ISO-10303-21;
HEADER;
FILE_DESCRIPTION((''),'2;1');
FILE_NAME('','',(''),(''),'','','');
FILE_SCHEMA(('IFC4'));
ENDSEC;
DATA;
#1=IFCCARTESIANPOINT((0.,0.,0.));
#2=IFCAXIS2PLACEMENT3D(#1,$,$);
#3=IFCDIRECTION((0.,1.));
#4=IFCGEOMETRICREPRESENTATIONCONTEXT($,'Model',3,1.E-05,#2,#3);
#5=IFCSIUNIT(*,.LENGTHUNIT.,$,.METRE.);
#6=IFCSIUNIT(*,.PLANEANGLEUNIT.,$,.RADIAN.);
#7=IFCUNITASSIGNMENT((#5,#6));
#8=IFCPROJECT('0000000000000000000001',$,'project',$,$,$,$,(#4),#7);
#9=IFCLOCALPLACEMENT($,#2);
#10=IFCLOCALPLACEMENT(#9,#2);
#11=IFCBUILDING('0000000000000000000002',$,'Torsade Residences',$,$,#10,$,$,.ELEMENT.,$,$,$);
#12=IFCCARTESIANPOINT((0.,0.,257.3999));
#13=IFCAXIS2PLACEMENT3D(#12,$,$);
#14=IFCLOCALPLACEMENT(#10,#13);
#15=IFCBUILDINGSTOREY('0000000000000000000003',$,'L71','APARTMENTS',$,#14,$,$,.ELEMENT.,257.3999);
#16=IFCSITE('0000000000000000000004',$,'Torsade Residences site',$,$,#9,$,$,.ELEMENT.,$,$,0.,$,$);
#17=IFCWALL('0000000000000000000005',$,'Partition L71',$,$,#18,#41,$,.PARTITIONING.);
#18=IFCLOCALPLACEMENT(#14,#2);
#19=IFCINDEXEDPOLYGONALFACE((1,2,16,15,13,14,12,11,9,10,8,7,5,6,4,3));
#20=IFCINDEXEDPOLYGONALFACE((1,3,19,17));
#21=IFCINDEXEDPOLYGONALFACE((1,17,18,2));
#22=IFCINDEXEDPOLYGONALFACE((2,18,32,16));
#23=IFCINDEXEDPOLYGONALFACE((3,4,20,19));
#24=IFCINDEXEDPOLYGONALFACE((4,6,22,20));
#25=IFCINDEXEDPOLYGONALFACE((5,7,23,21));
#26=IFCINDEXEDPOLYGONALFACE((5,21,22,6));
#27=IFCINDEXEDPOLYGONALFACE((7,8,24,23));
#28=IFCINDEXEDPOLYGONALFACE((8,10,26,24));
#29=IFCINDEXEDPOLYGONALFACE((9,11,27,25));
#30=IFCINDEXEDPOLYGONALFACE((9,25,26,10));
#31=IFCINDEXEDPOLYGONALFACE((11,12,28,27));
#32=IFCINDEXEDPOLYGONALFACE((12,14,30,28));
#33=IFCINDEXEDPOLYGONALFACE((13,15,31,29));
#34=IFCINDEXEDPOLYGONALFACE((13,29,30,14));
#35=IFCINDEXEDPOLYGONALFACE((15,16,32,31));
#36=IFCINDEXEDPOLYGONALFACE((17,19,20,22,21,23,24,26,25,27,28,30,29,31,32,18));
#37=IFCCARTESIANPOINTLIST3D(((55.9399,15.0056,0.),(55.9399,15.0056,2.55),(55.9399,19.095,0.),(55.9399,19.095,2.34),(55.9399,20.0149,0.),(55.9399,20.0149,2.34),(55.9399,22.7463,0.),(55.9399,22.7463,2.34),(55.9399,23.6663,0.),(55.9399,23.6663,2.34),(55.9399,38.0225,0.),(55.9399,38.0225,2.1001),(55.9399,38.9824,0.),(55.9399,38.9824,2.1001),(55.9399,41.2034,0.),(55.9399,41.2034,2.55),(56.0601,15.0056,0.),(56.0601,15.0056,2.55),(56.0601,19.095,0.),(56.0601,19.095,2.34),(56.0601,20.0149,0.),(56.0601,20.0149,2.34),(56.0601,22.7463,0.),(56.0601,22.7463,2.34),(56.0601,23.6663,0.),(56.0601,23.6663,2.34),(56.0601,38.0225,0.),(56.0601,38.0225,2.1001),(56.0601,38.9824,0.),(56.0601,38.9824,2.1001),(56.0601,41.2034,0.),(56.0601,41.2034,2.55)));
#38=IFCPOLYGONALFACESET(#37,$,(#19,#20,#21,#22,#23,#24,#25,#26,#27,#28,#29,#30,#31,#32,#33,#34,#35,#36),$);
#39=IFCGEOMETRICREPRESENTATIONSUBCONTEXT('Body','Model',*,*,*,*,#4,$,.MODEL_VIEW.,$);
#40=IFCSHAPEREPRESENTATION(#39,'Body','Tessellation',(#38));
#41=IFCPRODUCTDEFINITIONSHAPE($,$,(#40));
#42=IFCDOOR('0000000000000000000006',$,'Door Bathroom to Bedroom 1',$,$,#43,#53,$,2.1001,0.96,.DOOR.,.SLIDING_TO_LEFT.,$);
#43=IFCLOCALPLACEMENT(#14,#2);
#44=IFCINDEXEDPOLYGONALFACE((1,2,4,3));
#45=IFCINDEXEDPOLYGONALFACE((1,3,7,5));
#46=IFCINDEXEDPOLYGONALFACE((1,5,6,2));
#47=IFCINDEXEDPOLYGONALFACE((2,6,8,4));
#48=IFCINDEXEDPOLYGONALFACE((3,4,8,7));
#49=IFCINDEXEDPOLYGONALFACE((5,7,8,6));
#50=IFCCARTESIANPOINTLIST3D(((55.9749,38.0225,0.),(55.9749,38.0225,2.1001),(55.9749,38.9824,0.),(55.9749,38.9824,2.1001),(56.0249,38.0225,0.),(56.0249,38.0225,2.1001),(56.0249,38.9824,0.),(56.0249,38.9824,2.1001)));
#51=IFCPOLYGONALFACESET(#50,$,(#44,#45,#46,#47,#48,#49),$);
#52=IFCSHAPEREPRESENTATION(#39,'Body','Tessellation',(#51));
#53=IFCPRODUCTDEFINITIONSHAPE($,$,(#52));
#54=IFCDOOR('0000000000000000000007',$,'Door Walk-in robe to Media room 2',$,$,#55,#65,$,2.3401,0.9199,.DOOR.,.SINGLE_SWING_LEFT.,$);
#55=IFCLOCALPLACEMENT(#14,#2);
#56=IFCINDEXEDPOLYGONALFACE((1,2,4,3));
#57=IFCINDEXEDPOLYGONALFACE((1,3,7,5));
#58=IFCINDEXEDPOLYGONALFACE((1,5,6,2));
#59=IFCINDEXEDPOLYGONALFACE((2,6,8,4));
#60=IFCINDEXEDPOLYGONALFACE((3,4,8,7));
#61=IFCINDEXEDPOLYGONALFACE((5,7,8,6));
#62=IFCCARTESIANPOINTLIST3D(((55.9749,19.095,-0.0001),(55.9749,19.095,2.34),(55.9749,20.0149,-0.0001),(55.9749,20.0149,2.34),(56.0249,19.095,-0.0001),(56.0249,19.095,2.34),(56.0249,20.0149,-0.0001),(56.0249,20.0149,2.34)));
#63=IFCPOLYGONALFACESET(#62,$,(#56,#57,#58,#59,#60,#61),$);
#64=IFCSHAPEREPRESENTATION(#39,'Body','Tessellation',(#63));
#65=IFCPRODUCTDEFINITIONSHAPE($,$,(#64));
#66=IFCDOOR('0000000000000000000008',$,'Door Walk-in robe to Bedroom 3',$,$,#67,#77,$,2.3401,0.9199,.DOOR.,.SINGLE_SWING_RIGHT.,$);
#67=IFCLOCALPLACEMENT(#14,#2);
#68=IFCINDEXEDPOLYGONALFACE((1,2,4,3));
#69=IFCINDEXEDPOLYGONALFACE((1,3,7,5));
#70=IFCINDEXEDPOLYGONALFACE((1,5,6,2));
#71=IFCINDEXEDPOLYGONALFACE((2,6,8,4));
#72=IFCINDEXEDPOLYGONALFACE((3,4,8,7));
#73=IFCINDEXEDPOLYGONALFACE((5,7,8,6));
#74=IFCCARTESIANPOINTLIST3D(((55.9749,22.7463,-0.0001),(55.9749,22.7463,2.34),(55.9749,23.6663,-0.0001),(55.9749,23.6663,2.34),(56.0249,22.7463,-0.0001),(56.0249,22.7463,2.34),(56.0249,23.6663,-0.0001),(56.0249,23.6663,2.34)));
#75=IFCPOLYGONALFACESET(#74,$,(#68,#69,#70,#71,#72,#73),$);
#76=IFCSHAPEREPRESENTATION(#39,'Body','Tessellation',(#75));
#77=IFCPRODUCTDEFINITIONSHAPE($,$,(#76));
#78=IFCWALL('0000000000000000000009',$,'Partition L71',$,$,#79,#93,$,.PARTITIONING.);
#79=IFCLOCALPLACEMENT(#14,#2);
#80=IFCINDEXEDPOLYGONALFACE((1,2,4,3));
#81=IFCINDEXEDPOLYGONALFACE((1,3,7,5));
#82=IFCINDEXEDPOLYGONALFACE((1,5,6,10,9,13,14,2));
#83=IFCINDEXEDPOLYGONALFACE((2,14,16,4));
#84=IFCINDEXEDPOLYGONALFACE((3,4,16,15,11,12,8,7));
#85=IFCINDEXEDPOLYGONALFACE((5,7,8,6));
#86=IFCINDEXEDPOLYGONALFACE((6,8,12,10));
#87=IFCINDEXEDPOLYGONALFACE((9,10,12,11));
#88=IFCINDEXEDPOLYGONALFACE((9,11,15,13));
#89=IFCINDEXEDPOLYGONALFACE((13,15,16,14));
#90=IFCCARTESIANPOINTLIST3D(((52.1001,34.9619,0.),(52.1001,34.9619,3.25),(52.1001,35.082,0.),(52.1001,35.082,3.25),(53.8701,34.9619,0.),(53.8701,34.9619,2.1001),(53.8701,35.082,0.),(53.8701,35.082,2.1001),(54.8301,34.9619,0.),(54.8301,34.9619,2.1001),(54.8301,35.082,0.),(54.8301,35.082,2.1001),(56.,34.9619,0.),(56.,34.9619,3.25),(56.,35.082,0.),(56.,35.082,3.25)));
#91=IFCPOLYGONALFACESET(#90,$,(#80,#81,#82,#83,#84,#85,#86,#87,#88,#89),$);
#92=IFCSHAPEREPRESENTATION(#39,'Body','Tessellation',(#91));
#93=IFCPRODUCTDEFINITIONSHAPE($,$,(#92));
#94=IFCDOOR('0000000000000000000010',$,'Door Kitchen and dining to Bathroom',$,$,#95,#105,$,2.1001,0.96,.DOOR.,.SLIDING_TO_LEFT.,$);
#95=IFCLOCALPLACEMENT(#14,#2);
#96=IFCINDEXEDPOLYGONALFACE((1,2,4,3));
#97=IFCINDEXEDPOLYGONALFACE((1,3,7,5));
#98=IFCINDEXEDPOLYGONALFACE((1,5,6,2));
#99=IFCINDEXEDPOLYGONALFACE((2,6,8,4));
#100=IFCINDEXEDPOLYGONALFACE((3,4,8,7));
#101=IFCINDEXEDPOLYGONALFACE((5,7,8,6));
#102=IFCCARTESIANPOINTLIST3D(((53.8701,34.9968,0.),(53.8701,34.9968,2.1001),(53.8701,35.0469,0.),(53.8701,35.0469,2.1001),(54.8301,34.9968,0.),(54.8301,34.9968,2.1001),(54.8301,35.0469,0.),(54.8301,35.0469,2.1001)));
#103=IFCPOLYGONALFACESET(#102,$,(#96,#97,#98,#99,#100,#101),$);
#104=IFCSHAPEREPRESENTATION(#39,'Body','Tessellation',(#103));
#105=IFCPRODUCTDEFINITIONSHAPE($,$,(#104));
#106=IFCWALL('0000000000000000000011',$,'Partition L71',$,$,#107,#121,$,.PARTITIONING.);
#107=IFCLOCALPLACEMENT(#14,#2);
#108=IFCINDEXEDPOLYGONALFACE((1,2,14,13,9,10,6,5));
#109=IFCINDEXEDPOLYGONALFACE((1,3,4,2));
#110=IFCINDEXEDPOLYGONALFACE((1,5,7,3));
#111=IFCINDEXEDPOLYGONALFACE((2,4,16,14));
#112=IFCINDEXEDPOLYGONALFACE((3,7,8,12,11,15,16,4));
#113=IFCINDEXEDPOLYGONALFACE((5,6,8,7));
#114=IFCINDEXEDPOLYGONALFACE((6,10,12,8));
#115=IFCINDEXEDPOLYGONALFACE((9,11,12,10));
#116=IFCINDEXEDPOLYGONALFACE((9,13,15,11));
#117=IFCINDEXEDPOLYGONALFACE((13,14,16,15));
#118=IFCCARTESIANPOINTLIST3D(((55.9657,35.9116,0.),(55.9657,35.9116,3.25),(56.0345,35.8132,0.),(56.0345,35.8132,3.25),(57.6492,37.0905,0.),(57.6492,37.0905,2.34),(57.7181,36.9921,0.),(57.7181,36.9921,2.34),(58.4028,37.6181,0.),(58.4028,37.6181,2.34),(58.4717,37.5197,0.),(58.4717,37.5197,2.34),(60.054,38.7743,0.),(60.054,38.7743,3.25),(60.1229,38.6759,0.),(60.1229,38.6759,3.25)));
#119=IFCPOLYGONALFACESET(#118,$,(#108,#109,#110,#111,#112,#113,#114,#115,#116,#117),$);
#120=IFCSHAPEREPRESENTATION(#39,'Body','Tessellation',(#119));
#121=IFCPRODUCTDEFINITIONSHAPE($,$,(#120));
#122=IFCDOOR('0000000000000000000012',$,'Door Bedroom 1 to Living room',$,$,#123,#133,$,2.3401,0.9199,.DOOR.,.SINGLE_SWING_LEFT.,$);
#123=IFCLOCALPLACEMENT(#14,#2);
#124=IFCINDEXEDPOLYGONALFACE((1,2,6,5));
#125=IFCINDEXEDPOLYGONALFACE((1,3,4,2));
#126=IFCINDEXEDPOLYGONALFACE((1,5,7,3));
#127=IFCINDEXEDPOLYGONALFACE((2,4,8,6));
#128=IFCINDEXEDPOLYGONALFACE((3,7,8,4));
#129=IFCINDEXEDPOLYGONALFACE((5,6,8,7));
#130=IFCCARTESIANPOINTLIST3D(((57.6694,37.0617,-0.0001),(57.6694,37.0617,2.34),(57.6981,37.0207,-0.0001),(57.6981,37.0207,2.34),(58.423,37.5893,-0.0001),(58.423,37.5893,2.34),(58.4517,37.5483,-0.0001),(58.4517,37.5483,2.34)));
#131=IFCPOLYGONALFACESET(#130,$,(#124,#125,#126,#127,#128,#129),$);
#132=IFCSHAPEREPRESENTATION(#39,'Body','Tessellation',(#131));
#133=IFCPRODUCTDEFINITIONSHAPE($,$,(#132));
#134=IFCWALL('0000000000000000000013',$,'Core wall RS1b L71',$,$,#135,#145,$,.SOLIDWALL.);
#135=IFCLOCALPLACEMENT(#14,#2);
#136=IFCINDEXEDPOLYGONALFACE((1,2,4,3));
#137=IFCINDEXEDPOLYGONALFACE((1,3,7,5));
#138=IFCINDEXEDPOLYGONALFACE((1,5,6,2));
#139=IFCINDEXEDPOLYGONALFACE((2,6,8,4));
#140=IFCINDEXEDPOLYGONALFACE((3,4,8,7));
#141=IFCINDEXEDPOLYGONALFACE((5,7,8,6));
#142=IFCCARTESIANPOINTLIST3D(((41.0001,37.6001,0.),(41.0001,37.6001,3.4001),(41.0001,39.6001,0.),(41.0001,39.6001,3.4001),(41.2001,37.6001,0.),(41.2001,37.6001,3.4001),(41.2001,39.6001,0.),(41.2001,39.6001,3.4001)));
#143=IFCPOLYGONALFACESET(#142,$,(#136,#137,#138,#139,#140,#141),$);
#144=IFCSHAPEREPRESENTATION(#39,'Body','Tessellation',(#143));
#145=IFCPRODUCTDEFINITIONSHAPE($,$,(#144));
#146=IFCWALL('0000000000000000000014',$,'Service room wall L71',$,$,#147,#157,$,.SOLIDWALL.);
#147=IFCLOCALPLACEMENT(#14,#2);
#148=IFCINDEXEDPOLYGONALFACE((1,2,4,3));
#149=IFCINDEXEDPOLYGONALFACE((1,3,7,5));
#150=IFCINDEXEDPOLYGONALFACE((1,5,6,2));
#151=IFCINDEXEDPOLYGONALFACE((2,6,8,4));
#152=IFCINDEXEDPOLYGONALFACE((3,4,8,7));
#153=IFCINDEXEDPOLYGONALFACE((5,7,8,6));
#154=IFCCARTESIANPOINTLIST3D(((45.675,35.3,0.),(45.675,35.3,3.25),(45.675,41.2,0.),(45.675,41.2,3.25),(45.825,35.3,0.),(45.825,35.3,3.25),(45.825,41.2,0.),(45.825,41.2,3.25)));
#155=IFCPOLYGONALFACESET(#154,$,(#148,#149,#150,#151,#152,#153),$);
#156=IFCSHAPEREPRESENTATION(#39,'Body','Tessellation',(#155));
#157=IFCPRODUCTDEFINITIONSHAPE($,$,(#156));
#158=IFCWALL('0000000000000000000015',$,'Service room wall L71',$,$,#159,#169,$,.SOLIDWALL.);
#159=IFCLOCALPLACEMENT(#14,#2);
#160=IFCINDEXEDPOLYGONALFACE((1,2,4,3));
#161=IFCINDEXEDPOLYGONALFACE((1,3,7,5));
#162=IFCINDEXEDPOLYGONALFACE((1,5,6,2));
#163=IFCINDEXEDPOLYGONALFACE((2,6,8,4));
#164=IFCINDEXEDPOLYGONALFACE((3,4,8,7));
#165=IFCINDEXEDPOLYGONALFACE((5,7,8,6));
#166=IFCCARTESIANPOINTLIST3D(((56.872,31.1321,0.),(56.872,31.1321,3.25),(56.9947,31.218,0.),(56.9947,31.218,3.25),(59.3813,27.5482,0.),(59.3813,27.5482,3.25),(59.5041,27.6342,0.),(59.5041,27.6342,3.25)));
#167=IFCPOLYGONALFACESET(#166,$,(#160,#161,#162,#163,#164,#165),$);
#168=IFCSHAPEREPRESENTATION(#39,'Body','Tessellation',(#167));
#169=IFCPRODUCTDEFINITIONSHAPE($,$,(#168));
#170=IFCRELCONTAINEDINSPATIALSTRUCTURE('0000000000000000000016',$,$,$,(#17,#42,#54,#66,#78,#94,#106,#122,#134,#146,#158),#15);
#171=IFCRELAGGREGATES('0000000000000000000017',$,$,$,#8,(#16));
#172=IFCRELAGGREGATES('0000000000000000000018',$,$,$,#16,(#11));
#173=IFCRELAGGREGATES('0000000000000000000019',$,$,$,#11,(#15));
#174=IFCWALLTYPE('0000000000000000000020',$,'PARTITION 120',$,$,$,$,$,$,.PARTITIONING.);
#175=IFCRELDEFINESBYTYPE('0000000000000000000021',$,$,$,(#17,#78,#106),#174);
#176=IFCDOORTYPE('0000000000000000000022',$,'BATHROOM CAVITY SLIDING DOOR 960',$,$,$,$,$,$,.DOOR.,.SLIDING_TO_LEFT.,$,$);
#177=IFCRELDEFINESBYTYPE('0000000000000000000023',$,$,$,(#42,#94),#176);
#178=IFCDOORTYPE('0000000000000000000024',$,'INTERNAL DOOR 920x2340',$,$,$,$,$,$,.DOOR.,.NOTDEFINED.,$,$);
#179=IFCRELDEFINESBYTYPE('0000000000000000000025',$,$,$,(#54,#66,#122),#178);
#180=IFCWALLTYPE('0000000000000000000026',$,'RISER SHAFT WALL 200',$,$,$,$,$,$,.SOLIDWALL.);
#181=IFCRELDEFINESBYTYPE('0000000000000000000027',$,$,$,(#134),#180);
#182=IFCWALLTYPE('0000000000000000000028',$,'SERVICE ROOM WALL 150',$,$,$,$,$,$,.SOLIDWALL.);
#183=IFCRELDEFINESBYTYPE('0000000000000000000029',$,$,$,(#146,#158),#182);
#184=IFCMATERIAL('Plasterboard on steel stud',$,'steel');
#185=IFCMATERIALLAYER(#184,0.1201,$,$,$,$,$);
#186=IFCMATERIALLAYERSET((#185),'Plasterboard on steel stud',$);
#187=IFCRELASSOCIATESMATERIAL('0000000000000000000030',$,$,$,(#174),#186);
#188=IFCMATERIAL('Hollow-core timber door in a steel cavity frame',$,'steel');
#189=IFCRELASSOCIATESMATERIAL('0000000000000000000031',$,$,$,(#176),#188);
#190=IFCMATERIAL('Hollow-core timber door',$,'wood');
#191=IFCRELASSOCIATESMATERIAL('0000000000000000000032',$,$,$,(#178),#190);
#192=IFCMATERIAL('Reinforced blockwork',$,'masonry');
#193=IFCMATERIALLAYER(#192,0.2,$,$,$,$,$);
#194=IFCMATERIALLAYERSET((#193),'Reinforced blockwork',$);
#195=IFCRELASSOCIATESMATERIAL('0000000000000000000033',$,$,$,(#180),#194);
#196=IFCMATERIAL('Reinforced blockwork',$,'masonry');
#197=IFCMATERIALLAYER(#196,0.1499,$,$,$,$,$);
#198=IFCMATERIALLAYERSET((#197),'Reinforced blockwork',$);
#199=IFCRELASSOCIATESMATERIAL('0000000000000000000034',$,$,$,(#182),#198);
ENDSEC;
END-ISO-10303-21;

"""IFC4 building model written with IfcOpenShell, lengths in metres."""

from ifc_helpers import new_model, si_unit, direction, frame, frame_2d, origin, place, context, subcontext, project, spatial, rectangle, extrude, material, layer, layer_set, type_object, element, fill, save


model = new_model("IFC4")

# Units and contexts
model_context = context("Model", 3, precision=1e-05, world=origin(), true_north=direction((0.0, 1.0)))
body_context = subcontext(model_context, "Body", "Model", "MODEL_VIEW")
ifc_project = project(units=[si_unit("LENGTHUNIT", "METRE"), si_unit("PLANEANGLEUNIT", "RADIAN")], contexts=[model_context])

# Site, building, storey
site_placement = place(None, origin())
site = spatial("IfcSite", under=ifc_project, at=site_placement, Name="Torsade Residences site", CompositionType="ELEMENT", RefElevation=0.0)
building_placement = place(site_placement, origin())
building = spatial("IfcBuilding", under=site, at=building_placement, Name="Torsade Residences", CompositionType="ELEMENT")
storey_placement = place(building_placement, frame((0.0, 0.0, 257.3999)))
storey = spatial("IfcBuildingStorey", under=building, at=storey_placement, Name="L71", Description="APARTMENTS", CompositionType="ELEMENT", Elevation=257.3999)

# Wall, openings, doors
ifc_material_1 = material(Name="Plasterboard on steel stud", Category="steel")
ifc_layer_1 = layer(ifc_material_1, 0.1201)
ifc_layer_set_1 = layer_set([ifc_layer_1], Name="Plasterboard on steel stud")
wall_type_1 = type_object("IfcWallType", Name="PARTITION 120", PredefinedType="PARTITIONING", material=ifc_layer_set_1)
wall_1_placement = place(storey_placement, frame((56.0, 41.2034, 0.0), z_axis=(0.0, 0.0, 1.0), x_axis=(0.0, -1.0, 0.0)))
wall_1 = element("IfcWall", 1, at=wall_1_placement, inside=storey, type_object=wall_type_1, Name="Partition L71", PredefinedType="PARTITIONING", context=body_context, shape_type="SweptSolid", body=[
    extrude(rectangle(XDim=26.1978, YDim=0.1201, at=frame_2d((13.0989, 0.0))), origin(), (0.0, 0.0, 1.0), 2.55),
])
opening_1_placement = place(wall_1_placement, frame((21.1885, 0.0, 0.0)))
opening_1 = element("IfcOpeningElement", 2, at=opening_1_placement, cuts=wall_1, PredefinedType="OPENING", context=body_context, shape_type="SweptSolid", body=[
    extrude(rectangle(XDim=0.9199, YDim=2.3401, at=frame_2d((0.46, 1.1699))), frame((0.0, 0.0701, 0.0), z_axis=(0.0, -1.0, 0.0), x_axis=(1.0, 0.0, 0.0)), (0.0, 0.0, 1.0), 0.1401),
])
opening_2_placement = place(wall_1_placement, frame((17.5371, 0.0, 0.0)))
opening_2 = element("IfcOpeningElement", 3, at=opening_2_placement, cuts=wall_1, PredefinedType="OPENING", context=body_context, shape_type="SweptSolid", body=[
    extrude(rectangle(XDim=0.9199, YDim=2.3401, at=frame_2d((0.46, 1.1699))), frame((0.0, 0.0701, 0.0), z_axis=(0.0, -1.0, 0.0), x_axis=(1.0, 0.0, 0.0)), (0.0, 0.0, 1.0), 0.1401),
])
opening_3_placement = place(wall_1_placement, frame((2.2209, 0.0, 0.0)))
opening_3 = element("IfcOpeningElement", 4, at=opening_3_placement, cuts=wall_1, PredefinedType="OPENING", context=body_context, shape_type="SweptSolid", body=[
    extrude(rectangle(XDim=0.96, YDim=2.1001, at=frame_2d((0.48, 1.05))), frame((0.0, 0.0701, 0.0), z_axis=(0.0, -1.0, 0.0), x_axis=(1.0, 0.0, 0.0)), (0.0, 0.0, 1.0), 0.1401),
])
ifc_material_2 = material(Name="Hollow-core timber door in a steel cavity frame", Category="steel")
door_type_1 = type_object("IfcDoorType", Name="BATHROOM CAVITY SLIDING DOOR 960", OperationType="SLIDING_TO_LEFT", PredefinedType="DOOR", material=ifc_material_2)
door_1_placement = place(opening_3_placement, origin())
door_1 = element("IfcDoor", 5, at=door_1_placement, inside=storey, type_object=door_type_1, Name="Door Bathroom to Bedroom 1", OperationType="SLIDING_TO_LEFT", OverallHeight=2.1001, OverallWidth=0.96, PredefinedType="DOOR", context=body_context, shape_type="SweptSolid", body=[
    extrude(rectangle(XDim=0.96, YDim=2.1001, at=frame_2d((0.48, 1.05))), frame((0.0, 0.0249, 0.0), z_axis=(0.0, -1.0, 0.0), x_axis=(1.0, 0.0, 0.0)), (0.0, 0.0, 1.0), 0.05),
])
fill(opening_3, door_1)
ifc_material_3 = material(Name="Hollow-core timber door", Category="wood")
door_type_2 = type_object("IfcDoorType", Name="INTERNAL DOOR 920x2340", OperationType="NOTDEFINED", PredefinedType="DOOR", material=ifc_material_3)
door_2_placement = place(opening_1_placement, origin())
door_2 = element("IfcDoor", 6, at=door_2_placement, inside=storey, type_object=door_type_2, Name="Door Walk-in robe to Media room 2", OperationType="SINGLE_SWING_LEFT", OverallHeight=2.3401, OverallWidth=0.9199, PredefinedType="DOOR", context=body_context, shape_type="SweptSolid", body=[
    extrude(rectangle(XDim=0.9199, YDim=2.3401, at=frame_2d((0.46, 1.1699))), frame((0.0, 0.0249, 0.0), z_axis=(0.0, -1.0, 0.0), x_axis=(1.0, 0.0, 0.0)), (0.0, 0.0, 1.0), 0.05),
])
fill(opening_1, door_2)
door_3_placement = place(opening_2_placement, origin())
door_3 = element("IfcDoor", 7, at=door_3_placement, inside=storey, type_object=door_type_2, Name="Door Walk-in robe to Bedroom 3", OperationType="SINGLE_SWING_RIGHT", OverallHeight=2.3401, OverallWidth=0.9199, PredefinedType="DOOR", context=body_context, shape_type="SweptSolid", body=[
    extrude(rectangle(XDim=0.9199, YDim=2.3401, at=frame_2d((0.46, 1.1699))), frame((0.0, 0.0249, 0.0), z_axis=(0.0, -1.0, 0.0), x_axis=(1.0, 0.0, 0.0)), (0.0, 0.0, 1.0), 0.05),
])
fill(opening_2, door_3)

# Walls, openings, doors
wall_2_placement = place(storey_placement, frame((52.1001, 35.022, 0.0), z_axis=(0.0, 0.0, 1.0), x_axis=(1.0, 0.0, 0.0)))
wall_2 = element("IfcWall", 8, at=wall_2_placement, inside=storey, type_object=wall_type_1, Name="Partition L71", PredefinedType="PARTITIONING", context=body_context, shape_type="SweptSolid", body=[
    extrude(rectangle(XDim=3.8999, YDim=0.1201, at=frame_2d((1.95, 0.0))), origin(), (0.0, 0.0, 1.0), 3.25),
])
opening_4_placement = place(wall_2_placement, frame((1.77, 0.0, 0.0)))
opening_4 = element("IfcOpeningElement", 9, at=opening_4_placement, cuts=wall_2, PredefinedType="OPENING", context=body_context, shape_type="SweptSolid", body=[
    extrude(rectangle(XDim=0.96, YDim=2.1001, at=frame_2d((0.48, 1.05))), frame((0.0, 0.0701, 0.0), z_axis=(0.0, -1.0, 0.0), x_axis=(1.0, 0.0, 0.0)), (0.0, 0.0, 1.0), 0.1401),
])
door_4_placement = place(opening_4_placement, origin())
door_4 = element("IfcDoor", 10, at=door_4_placement, inside=storey, type_object=door_type_1, Name="Door Kitchen and dining to Bathroom", OperationType="SLIDING_TO_LEFT", OverallHeight=2.1001, OverallWidth=0.96, PredefinedType="DOOR", context=body_context, shape_type="SweptSolid", body=[
    extrude(rectangle(XDim=0.96, YDim=2.1001, at=frame_2d((0.48, 1.05))), frame((0.0, 0.0249, 0.0), z_axis=(0.0, -1.0, 0.0), x_axis=(1.0, 0.0, 0.0)), (0.0, 0.0, 1.0), 0.05),
])
fill(opening_4, door_4)
wall_3_placement = place(storey_placement, frame((56.0, 35.8623, 0.0), z_axis=(0.0, 0.0, 1.0), x_axis=(0.819145, 0.573587, 0.0)))
wall_3 = element("IfcWall", 11, at=wall_3_placement, inside=storey, type_object=wall_type_1, Name="Partition L71", PredefinedType="PARTITIONING", context=body_context, shape_type="SweptSolid", body=[
    extrude(rectangle(XDim=4.991, YDim=0.1201, at=frame_2d((2.4956, 0.0))), origin(), (0.0, 0.0, 1.0), 3.25),
])
opening_5_placement = place(wall_3_placement, frame((2.0554, 0.0, 0.0)))
opening_5 = element("IfcOpeningElement", 12, at=opening_5_placement, cuts=wall_3, PredefinedType="OPENING", context=body_context, shape_type="SweptSolid", body=[
    extrude(rectangle(XDim=0.9199, YDim=2.3401, at=frame_2d((0.46, 1.1699))), frame((0.0, 0.0701, 0.0), z_axis=(0.0, -1.0, 0.0), x_axis=(1.0, 0.0, 0.0)), (0.0, 0.0, 1.0), 0.1401),
])
door_5_placement = place(opening_5_placement, origin())
door_5 = element("IfcDoor", 13, at=door_5_placement, inside=storey, type_object=door_type_2, Name="Door Bedroom 1 to Living room", OperationType="SINGLE_SWING_LEFT", OverallHeight=2.3401, OverallWidth=0.9199, PredefinedType="DOOR", context=body_context, shape_type="SweptSolid", body=[
    extrude(rectangle(XDim=0.9199, YDim=2.3401, at=frame_2d((0.46, 1.1699))), frame((0.0, 0.0249, 0.0), z_axis=(0.0, -1.0, 0.0), x_axis=(1.0, 0.0, 0.0)), (0.0, 0.0, 1.0), 0.05),
])
fill(opening_5, door_5)

# Walls
ifc_material_4 = material(Name="Reinforced blockwork", Category="masonry")
ifc_layer_2 = layer(ifc_material_4, 0.2)
ifc_layer_set_2 = layer_set([ifc_layer_2], Name="Reinforced blockwork")
wall_type_2 = type_object("IfcWallType", Name="RISER SHAFT WALL 200", PredefinedType="SOLIDWALL", material=ifc_layer_set_2)
wall_4_placement = place(storey_placement, frame((41.1001, 37.6001, 0.0), z_axis=(0.0, 0.0, 1.0), x_axis=(0.0, 1.0, 0.0)))
element("IfcWall", 14, at=wall_4_placement, inside=storey, type_object=wall_type_2, Name="Core wall RS1b L71", PredefinedType="SOLIDWALL", context=body_context, shape_type="SweptSolid", body=[
    extrude(rectangle(XDim=2.0, YDim=0.2, at=frame_2d((1.0, 0.0))), origin(), (0.0, 0.0, 1.0), 3.4001),
])
ifc_material_5 = material(Name="Reinforced blockwork", Category="masonry")
ifc_layer_3 = layer(ifc_material_5, 0.1499)
ifc_layer_set_3 = layer_set([ifc_layer_3], Name="Reinforced blockwork")
wall_type_3 = type_object("IfcWallType", Name="SERVICE ROOM WALL 150", PredefinedType="SOLIDWALL", material=ifc_layer_set_3)
wall_5_placement = place(storey_placement, frame((45.75, 41.2, 0.0), z_axis=(0.0, 0.0, 1.0), x_axis=(0.0, -1.0, 0.0)))
element("IfcWall", 15, at=wall_5_placement, inside=storey, type_object=wall_type_3, Name="Service room wall L71", PredefinedType="SOLIDWALL", context=body_context, shape_type="SweptSolid", body=[
    extrude(rectangle(XDim=5.8999, YDim=0.1499, at=frame_2d((2.95, 0.0))), origin(), (0.0, 0.0, 1.0), 3.25),
])
wall_6_placement = place(storey_placement, frame((56.9333, 31.175, 0.0), z_axis=(0.0, 0.0, 1.0), x_axis=(0.573563, -0.819161, 0.0)))
element("IfcWall", 16, at=wall_6_placement, inside=storey, type_object=wall_type_3, Name="Service room wall L71", PredefinedType="SOLIDWALL", context=body_context, shape_type="SweptSolid", body=[
    extrude(rectangle(XDim=4.375, YDim=0.1499, at=frame_2d((2.1875, 0.0))), origin(), (0.0, 0.0, 1.0), 3.25),
])

save(model, "model.ifc")
